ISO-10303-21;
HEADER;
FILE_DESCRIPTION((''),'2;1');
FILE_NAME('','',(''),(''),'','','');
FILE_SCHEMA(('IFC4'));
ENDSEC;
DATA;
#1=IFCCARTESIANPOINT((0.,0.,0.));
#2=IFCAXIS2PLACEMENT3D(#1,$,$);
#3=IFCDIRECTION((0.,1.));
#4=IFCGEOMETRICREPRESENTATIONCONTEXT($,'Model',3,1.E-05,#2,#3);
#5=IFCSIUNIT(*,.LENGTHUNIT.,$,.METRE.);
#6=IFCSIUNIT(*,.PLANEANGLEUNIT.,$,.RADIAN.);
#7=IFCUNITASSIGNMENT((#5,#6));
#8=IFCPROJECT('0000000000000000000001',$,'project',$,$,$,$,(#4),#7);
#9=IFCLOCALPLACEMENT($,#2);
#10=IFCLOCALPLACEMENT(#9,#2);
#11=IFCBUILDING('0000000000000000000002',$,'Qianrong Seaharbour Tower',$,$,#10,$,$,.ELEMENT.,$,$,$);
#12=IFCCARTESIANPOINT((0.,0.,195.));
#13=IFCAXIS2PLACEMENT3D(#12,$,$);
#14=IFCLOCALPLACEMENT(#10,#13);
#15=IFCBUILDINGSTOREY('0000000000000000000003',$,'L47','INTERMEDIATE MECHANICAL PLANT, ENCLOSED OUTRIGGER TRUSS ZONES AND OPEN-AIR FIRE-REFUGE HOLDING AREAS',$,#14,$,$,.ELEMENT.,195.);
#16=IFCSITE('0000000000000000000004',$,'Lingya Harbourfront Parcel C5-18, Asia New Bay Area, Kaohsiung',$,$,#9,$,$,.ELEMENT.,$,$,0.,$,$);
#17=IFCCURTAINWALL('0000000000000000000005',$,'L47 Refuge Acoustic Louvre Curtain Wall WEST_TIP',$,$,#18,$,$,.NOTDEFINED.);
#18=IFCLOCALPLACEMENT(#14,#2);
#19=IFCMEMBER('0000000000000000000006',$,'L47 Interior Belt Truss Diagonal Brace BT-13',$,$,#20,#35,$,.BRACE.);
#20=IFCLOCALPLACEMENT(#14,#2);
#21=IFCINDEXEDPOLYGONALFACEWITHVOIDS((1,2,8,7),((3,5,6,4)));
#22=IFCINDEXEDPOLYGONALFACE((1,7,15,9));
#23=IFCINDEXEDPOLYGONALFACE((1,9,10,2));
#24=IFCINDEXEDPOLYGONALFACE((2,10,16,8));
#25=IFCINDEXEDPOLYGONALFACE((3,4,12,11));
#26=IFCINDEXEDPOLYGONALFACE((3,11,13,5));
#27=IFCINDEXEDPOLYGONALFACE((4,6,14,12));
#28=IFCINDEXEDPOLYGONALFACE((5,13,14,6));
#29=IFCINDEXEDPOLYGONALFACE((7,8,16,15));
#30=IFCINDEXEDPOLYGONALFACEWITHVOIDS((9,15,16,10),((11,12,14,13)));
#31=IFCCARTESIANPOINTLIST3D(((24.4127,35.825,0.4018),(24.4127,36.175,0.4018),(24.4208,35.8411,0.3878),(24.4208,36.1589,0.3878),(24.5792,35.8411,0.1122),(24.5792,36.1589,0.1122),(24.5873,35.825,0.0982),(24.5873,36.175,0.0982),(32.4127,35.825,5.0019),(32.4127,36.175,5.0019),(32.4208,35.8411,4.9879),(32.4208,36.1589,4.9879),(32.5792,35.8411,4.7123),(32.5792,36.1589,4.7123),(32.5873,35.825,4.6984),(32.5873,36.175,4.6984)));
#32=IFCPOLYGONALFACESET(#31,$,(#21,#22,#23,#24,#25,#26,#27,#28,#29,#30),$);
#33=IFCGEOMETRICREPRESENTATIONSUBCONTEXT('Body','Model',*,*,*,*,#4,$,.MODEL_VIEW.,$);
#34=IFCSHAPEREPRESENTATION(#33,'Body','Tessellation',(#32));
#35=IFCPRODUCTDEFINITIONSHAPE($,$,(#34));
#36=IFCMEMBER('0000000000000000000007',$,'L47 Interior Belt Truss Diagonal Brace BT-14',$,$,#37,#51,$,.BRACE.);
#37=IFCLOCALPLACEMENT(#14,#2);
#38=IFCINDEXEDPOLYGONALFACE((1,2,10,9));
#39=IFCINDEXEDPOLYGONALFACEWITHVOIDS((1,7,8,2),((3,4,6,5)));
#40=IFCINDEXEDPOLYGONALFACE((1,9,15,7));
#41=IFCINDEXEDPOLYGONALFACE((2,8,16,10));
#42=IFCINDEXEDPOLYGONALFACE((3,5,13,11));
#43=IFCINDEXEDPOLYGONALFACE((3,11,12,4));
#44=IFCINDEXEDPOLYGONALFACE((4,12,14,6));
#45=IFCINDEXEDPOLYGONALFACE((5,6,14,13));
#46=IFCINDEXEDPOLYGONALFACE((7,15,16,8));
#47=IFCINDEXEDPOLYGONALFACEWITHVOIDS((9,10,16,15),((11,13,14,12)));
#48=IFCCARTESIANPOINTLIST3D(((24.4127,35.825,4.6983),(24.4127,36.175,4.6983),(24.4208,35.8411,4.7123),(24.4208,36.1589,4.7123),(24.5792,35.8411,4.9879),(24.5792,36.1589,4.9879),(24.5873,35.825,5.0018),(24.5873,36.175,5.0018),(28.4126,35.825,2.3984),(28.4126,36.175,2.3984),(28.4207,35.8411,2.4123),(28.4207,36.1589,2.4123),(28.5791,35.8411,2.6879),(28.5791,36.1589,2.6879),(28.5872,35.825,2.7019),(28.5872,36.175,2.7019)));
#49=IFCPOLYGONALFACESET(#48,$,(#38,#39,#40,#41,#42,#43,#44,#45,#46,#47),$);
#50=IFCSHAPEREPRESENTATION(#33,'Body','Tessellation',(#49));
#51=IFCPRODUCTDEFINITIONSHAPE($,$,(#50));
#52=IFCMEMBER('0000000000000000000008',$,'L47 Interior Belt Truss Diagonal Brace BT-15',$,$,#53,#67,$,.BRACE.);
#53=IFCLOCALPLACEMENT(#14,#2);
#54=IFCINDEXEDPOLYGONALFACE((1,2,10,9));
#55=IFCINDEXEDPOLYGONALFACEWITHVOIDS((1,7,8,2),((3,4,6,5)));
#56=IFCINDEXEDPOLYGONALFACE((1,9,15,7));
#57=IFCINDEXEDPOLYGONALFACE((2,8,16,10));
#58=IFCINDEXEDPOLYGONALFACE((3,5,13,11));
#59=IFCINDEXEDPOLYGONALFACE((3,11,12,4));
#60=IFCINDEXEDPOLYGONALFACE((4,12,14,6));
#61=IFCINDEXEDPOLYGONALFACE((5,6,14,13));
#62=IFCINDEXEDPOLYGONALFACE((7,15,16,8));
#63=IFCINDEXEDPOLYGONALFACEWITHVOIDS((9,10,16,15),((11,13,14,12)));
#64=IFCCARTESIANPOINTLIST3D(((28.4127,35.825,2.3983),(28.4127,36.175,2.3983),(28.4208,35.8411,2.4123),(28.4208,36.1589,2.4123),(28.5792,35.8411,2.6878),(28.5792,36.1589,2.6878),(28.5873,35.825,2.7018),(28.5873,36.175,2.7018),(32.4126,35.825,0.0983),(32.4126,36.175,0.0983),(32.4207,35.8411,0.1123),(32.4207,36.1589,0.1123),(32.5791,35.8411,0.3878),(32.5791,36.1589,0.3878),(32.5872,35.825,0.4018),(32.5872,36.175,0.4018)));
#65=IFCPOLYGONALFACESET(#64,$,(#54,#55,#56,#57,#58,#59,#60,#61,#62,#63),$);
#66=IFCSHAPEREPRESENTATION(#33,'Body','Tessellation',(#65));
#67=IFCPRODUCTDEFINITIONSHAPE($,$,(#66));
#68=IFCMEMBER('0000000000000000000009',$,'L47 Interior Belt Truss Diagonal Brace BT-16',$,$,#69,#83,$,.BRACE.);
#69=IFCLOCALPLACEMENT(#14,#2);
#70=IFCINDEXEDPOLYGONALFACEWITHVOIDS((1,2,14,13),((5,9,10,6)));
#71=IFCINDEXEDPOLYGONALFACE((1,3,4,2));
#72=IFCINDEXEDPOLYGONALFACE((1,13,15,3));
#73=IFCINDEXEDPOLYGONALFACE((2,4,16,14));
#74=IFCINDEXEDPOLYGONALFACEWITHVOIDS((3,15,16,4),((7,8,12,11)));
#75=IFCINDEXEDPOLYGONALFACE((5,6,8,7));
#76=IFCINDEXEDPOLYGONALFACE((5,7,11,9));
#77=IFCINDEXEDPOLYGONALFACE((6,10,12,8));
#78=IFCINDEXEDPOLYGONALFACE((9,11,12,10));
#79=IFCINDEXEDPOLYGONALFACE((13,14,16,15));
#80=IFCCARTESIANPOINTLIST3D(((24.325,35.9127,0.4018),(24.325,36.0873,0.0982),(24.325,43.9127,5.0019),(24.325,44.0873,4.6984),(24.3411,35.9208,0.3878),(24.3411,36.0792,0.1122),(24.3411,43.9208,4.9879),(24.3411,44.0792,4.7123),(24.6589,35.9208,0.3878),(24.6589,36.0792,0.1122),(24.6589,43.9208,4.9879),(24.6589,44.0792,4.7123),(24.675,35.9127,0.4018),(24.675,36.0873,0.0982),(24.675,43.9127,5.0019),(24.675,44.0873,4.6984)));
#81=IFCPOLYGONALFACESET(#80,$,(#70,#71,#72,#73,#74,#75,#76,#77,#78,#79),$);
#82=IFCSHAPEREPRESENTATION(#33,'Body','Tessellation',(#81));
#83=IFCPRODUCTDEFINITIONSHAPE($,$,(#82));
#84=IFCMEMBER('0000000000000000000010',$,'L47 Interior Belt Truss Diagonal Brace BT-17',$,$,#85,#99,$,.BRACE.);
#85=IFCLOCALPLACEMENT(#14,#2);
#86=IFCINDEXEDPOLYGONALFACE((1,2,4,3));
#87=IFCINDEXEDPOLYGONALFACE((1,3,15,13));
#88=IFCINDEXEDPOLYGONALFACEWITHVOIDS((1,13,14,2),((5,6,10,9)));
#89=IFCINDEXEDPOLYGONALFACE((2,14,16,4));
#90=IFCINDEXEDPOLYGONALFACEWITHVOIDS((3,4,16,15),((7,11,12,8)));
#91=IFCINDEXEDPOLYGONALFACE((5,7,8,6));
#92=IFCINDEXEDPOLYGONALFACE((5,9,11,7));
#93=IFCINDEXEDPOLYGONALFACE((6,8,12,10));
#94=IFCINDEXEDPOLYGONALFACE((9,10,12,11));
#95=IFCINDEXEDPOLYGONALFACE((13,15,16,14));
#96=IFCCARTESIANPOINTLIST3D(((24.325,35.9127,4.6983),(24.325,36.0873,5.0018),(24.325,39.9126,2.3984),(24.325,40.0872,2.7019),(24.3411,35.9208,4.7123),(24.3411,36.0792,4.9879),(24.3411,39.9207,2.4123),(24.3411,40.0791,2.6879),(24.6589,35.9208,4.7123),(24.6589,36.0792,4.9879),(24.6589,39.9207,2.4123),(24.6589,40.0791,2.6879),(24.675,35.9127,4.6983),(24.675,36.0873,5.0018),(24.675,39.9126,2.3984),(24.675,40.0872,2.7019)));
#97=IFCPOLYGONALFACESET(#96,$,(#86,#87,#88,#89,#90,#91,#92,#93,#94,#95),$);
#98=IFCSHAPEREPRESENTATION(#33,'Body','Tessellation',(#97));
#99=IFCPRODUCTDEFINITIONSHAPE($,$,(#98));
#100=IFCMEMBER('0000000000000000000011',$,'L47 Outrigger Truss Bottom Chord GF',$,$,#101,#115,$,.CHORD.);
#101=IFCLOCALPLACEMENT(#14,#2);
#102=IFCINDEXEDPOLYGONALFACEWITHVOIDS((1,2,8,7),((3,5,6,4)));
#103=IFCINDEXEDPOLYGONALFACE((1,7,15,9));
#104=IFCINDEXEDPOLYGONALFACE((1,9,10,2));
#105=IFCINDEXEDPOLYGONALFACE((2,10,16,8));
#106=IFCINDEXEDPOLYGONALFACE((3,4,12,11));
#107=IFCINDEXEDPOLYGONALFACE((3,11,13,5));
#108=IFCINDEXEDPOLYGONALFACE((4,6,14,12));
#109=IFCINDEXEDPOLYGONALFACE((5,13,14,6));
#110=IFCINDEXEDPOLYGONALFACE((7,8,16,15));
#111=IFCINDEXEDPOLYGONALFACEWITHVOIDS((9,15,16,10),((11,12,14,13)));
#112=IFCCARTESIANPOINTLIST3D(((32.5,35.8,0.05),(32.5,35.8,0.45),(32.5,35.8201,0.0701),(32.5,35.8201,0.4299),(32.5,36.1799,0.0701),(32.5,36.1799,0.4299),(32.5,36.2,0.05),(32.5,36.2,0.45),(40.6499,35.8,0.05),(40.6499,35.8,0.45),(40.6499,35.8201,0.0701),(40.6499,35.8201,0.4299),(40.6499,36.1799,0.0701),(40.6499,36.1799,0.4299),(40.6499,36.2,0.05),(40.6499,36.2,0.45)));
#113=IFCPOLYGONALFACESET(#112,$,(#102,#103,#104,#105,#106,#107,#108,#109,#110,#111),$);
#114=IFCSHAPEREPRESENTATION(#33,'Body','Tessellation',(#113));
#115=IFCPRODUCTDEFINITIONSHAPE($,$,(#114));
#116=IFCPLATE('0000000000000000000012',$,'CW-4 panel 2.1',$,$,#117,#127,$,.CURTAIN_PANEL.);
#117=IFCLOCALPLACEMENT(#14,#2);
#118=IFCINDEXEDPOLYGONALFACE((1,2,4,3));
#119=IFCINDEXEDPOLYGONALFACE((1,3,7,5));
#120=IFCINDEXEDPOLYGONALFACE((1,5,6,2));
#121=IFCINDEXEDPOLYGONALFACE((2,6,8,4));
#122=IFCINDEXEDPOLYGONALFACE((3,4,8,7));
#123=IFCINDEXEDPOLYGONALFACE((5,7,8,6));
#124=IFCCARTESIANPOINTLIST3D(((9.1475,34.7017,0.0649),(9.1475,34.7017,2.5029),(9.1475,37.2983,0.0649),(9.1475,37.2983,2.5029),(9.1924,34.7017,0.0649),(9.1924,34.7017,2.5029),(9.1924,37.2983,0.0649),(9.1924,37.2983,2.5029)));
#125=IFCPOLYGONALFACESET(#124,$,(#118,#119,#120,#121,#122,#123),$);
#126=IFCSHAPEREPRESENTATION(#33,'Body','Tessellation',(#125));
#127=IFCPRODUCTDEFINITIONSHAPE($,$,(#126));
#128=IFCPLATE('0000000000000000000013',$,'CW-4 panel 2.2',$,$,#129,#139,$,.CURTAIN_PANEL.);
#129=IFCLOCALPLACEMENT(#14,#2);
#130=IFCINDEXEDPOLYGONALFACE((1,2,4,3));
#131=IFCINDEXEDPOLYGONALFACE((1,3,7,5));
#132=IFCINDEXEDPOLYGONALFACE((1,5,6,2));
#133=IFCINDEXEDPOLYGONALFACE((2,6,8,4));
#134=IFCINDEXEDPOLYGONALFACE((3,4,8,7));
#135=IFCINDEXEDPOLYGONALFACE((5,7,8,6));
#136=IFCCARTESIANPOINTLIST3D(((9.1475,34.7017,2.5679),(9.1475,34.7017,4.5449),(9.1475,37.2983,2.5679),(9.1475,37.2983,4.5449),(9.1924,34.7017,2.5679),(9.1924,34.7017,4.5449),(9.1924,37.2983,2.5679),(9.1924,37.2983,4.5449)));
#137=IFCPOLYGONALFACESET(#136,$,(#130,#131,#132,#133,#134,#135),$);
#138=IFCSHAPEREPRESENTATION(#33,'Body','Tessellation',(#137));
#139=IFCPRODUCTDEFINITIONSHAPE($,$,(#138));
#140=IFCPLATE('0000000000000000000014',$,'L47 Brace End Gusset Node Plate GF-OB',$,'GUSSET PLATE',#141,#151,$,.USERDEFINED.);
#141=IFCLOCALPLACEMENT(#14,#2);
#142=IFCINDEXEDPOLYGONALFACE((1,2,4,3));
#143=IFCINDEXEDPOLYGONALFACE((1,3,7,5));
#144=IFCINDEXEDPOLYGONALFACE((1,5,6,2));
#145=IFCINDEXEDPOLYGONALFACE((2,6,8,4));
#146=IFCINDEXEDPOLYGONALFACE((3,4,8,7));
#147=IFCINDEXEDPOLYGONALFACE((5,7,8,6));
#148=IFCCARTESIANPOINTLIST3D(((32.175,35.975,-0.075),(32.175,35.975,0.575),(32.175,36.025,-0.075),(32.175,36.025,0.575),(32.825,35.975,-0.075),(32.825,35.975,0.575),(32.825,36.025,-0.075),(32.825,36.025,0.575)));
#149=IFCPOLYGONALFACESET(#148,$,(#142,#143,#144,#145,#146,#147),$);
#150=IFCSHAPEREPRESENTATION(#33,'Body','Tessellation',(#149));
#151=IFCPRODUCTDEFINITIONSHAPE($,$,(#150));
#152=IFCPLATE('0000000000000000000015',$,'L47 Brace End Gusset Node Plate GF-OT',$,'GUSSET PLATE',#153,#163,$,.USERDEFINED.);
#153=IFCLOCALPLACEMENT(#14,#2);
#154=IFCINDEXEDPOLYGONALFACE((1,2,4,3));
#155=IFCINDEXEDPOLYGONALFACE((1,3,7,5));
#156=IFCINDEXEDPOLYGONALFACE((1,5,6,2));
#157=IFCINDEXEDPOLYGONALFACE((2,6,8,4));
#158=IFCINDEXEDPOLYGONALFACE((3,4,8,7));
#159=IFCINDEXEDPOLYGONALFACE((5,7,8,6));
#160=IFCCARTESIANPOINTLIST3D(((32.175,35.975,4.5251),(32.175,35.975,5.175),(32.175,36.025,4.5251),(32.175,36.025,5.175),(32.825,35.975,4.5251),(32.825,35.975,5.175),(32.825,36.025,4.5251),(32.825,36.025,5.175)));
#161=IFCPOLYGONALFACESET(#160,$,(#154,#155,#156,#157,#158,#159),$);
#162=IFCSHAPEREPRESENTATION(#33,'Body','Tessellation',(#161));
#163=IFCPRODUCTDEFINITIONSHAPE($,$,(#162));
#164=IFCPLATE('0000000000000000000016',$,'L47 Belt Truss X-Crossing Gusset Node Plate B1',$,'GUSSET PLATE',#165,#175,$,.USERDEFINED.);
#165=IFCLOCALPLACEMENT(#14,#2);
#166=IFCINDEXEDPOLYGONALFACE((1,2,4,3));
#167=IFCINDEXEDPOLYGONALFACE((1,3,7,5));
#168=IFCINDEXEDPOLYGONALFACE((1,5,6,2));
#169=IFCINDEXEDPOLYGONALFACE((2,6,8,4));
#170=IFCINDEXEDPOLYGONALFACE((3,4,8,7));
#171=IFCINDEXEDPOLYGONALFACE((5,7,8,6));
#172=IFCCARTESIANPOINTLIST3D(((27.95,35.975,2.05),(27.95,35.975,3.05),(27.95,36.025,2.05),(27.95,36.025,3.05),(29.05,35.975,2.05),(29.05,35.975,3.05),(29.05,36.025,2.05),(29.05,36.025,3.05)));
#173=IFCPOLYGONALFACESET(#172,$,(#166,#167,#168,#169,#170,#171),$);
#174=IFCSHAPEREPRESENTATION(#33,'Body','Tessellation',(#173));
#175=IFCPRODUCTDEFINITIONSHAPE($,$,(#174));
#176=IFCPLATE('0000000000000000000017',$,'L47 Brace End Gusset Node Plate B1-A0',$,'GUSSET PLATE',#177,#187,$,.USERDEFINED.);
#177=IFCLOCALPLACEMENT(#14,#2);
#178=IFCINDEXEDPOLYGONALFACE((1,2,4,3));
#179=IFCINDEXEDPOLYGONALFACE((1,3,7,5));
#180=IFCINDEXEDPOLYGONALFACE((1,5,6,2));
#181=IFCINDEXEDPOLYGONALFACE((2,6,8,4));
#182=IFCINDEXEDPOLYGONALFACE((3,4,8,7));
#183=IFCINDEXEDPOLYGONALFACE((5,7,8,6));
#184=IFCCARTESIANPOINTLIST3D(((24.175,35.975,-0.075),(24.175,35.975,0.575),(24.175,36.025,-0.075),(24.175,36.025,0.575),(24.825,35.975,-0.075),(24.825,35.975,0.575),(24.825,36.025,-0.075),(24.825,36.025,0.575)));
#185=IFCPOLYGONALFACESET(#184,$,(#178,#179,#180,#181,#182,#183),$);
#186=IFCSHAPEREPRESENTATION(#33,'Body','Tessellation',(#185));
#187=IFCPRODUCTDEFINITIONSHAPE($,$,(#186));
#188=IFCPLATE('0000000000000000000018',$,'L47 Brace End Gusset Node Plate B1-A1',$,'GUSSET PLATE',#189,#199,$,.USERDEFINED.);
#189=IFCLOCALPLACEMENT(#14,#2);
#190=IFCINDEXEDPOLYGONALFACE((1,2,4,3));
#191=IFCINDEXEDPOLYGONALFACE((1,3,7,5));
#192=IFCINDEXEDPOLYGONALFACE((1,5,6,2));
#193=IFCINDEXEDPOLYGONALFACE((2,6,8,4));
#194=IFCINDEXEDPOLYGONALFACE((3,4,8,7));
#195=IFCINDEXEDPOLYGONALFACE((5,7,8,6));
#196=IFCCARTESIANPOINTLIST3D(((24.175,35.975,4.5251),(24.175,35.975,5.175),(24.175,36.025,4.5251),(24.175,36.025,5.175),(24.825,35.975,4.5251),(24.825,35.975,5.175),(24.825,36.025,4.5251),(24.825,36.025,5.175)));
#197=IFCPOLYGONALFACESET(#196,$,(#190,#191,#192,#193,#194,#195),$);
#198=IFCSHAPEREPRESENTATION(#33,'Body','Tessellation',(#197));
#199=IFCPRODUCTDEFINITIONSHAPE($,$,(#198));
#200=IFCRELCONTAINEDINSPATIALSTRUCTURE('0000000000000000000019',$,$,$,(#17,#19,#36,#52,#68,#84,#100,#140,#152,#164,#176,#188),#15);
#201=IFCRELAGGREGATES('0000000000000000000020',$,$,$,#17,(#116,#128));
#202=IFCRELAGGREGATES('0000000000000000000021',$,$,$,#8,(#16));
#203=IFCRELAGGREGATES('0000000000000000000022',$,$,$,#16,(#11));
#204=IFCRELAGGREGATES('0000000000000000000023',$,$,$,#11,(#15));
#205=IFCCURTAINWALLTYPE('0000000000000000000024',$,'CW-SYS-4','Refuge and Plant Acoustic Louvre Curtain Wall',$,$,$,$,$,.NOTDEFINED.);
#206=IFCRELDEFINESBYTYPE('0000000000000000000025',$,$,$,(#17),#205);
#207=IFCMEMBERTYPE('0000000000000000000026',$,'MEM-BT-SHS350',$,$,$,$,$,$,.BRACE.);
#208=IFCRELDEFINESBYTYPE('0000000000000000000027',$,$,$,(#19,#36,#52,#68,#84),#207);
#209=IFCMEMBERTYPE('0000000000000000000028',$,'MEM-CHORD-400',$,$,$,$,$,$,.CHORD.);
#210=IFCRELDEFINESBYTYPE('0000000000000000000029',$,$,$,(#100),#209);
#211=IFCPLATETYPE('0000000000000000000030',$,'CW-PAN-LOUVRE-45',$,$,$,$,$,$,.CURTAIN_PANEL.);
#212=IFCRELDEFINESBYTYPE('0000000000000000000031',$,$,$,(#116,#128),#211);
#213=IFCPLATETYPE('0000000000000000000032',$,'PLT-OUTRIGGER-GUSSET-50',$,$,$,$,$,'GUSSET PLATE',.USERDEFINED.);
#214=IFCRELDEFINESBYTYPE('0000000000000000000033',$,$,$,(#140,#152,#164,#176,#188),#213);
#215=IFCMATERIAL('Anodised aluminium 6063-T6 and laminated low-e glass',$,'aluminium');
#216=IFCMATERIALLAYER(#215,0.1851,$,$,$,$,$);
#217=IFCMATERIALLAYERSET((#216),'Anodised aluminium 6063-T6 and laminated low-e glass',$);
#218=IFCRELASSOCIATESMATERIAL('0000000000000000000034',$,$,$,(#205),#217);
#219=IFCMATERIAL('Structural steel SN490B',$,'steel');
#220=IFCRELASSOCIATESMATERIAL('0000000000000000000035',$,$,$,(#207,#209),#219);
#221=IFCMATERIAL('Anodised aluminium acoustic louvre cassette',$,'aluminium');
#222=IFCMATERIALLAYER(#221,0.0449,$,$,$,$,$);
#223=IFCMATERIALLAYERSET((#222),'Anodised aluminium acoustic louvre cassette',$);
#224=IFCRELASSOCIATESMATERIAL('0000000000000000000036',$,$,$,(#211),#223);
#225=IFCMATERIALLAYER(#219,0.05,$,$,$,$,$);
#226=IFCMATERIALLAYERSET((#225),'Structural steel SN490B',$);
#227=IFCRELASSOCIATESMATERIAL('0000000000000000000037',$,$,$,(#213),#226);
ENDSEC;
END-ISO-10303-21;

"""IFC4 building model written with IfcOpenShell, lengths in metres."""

from ifc_helpers import new_model, si_unit, direction, frame, origin, origin_2d, place, context, subcontext, project, spatial, rectangle, hollow_rectangle, extrude, material, layer, layer_set, material_profile, profile_set, type_object, element, aggregate, save


model = new_model("IFC4")

# Units and contexts
model_context = context("Model", 3, precision=1e-05, world=origin(), true_north=direction((0.0, 1.0)))
body_context = subcontext(model_context, "Body", "Model", "MODEL_VIEW")
ifc_project = project(units=[si_unit("LENGTHUNIT", "METRE"), si_unit("PLANEANGLEUNIT", "RADIAN")], contexts=[model_context])

# Site, building, storey
site_placement = place(None, origin())
site = spatial("IfcSite", under=ifc_project, at=site_placement, Name="Lingya Harbourfront Parcel C5-18, Asia New Bay Area, Kaohsiung", CompositionType="ELEMENT", RefElevation=0.0)
building_placement = place(site_placement, origin())
building = spatial("IfcBuilding", under=site, at=building_placement, Name="Qianrong Seaharbour Tower", CompositionType="ELEMENT")
storey_placement = place(building_placement, frame((0.0, 0.0, 195.0)))
storey = spatial("IfcBuildingStorey", under=building, at=storey_placement, Name="L47", Description="INTERMEDIATE MECHANICAL PLANT, ENCLOSED OUTRIGGER TRUSS ZONES AND OPEN-AIR FIRE-REFUGE HOLDING AREAS", CompositionType="ELEMENT", Elevation=195.0)

# Shared definitions
ifc_material_1 = material(Name="Structural steel SN490B", Category="steel")

# Curtain wall
ifc_material_2 = material(Name="Anodised aluminium 6063-T6 and laminated low-e glass", Category="aluminium")
ifc_layer_1 = layer(ifc_material_2, 0.1851)
ifc_layer_set_1 = layer_set([ifc_layer_1], Name="Anodised aluminium 6063-T6 and laminated low-e glass")
curtain_wall_type = type_object("IfcCurtainWallType", Name="CW-SYS-4", Description="Refuge and Plant Acoustic Louvre Curtain Wall", PredefinedType="NOTDEFINED", material=ifc_layer_set_1)
curtain_wall_placement = place(storey_placement, origin())
curtain_wall = element("IfcCurtainWall", 1, at=curtain_wall_placement, inside=storey, type_object=curtain_wall_type, Name="L47 Refuge Acoustic Louvre Curtain Wall WEST_TIP", PredefinedType="NOTDEFINED")

# Members
ifc_material_profile_1 = material_profile(ifc_material_1, hollow_rectangle(XDim=0.3501, YDim=0.3501, WallThickness=0.0161, at=origin_2d()), Name="SHS350x350x16")
ifc_profile_set_1 = profile_set([ifc_material_profile_1], Name="Structural steel SN490B")
member_type_1 = type_object("IfcMemberType", Name="MEM-BT-SHS350", PredefinedType="BRACE", material=ifc_profile_set_1)
member_1_placement = place(storey_placement, frame((24.5, 36.0, 0.25), z_axis=(0.866902, 0.0, 0.498479), x_axis=(0.0, 1.0, 0.0)))
element("IfcMember", 2, at=member_1_placement, inside=storey, type_object=member_type_1, Name="L47 Interior Belt Truss Diagonal Brace BT-13", PredefinedType="BRACE", context=body_context, shape_type="SweptSolid", body=[
    extrude(hollow_rectangle(XDim=0.3501, YDim=0.3501, WallThickness=0.0161, at=origin_2d()), origin(), (0.0, 0.0, 1.0), 9.2283),
])
for number, where, z_axis, x_axis, name in (
    (3, (24.5, 36.0, 4.8501), (0.866902, 0.0, -0.498479), (0.0, 1.0, 0.0), "L47 Interior Belt Truss Diagonal Brace BT-14"),
    (4, (28.5, 36.0, 2.55), (0.866902, 0.0, -0.498479), (0.0, 1.0, 0.0), "L47 Interior Belt Truss Diagonal Brace BT-15"),
):
    element("IfcMember", number, at=place(storey_placement, frame(where, z_axis=z_axis, x_axis=x_axis)), inside=storey, type_object=member_type_1, Name=name, PredefinedType="BRACE", context=body_context, shape_type="SweptSolid", body=[
        extrude(hollow_rectangle(XDim=0.3501, YDim=0.3501, WallThickness=0.0161, at=origin_2d()), origin(), (0.0, 0.0, 1.0), 4.614),
    ])
member_2_placement = place(storey_placement, frame((24.5, 36.0, 0.25), z_axis=(0.0, 0.866902, 0.498479), x_axis=(-1.0, 0.0, 0.0)))
element("IfcMember", 5, at=member_2_placement, inside=storey, type_object=member_type_1, Name="L47 Interior Belt Truss Diagonal Brace BT-16", PredefinedType="BRACE", context=body_context, shape_type="SweptSolid", body=[
    extrude(hollow_rectangle(XDim=0.3501, YDim=0.3501, WallThickness=0.0161, at=origin_2d()), origin(), (0.0, 0.0, 1.0), 9.2283),
])
member_3_placement = place(storey_placement, frame((24.5, 36.0, 4.8501), z_axis=(0.0, 0.866902, -0.498479), x_axis=(-1.0, 0.0, 0.0)))
element("IfcMember", 6, at=member_3_placement, inside=storey, type_object=member_type_1, Name="L47 Interior Belt Truss Diagonal Brace BT-17", PredefinedType="BRACE", context=body_context, shape_type="SweptSolid", body=[
    extrude(hollow_rectangle(XDim=0.3501, YDim=0.3501, WallThickness=0.0161, at=origin_2d()), origin(), (0.0, 0.0, 1.0), 4.614),
])
ifc_material_profile_2 = material_profile(ifc_material_1, hollow_rectangle(XDim=0.3999, YDim=0.3999, WallThickness=0.02, at=origin_2d()), Name="SHS400x400x20")
ifc_profile_set_2 = profile_set([ifc_material_profile_2], Name="Structural steel SN490B")
member_type_2 = type_object("IfcMemberType", Name="MEM-CHORD-400", PredefinedType="CHORD", material=ifc_profile_set_2)
member_4_placement = place(storey_placement, frame((32.5, 36.0, 0.25), z_axis=(1.0, 0.0, 0.0), x_axis=(0.0, 1.0, 0.0)))
element("IfcMember", 7, at=member_4_placement, inside=storey, type_object=member_type_2, Name="L47 Outrigger Truss Bottom Chord GF", PredefinedType="CHORD", context=body_context, shape_type="SweptSolid", body=[
    extrude(hollow_rectangle(XDim=0.3999, YDim=0.3999, WallThickness=0.02, at=origin_2d()), origin(), (0.0, 0.0, 1.0), 8.1499),
])

# Plates
ifc_material_3 = material(Name="Anodised aluminium acoustic louvre cassette", Category="aluminium")
ifc_layer_2 = layer(ifc_material_3, 0.0449)
ifc_layer_set_2 = layer_set([ifc_layer_2], Name="Anodised aluminium acoustic louvre cassette")
plate_type_1 = type_object("IfcPlateType", Name="CW-PAN-LOUVRE-45", PredefinedType="CURTAIN_PANEL", material=ifc_layer_set_2)
plate_1_placement = place(storey_placement, frame((9.1699, 36.0, 0.0649), z_axis=(0.0, 0.0, 1.0), x_axis=(0.0, 1.0, 0.0)))
plate_1 = element("IfcPlate", 8, at=plate_1_placement, type_object=plate_type_1, Name="CW-4 panel 2.1", PredefinedType="CURTAIN_PANEL", context=body_context, shape_type="SweptSolid", body=[
    extrude(rectangle(XDim=2.5967, YDim=0.0449, at=origin_2d()), origin(), (0.0, 0.0, 1.0), 2.438),
])
plate_2_placement = place(storey_placement, frame((9.1699, 36.0, 2.5679), z_axis=(0.0, 0.0, 1.0), x_axis=(0.0, 1.0, 0.0)))
plate_2 = element("IfcPlate", 9, at=plate_2_placement, type_object=plate_type_1, Name="CW-4 panel 2.2", PredefinedType="CURTAIN_PANEL", context=body_context, shape_type="SweptSolid", body=[
    extrude(rectangle(XDim=2.5967, YDim=0.0449, at=origin_2d()), origin(), (0.0, 0.0, 1.0), 1.9771),
])
aggregate(curtain_wall, [plate_1, plate_2])

# Plates
ifc_layer_3 = layer(ifc_material_1, 0.05)
ifc_layer_set_3 = layer_set([ifc_layer_3], Name="Structural steel SN490B")
plate_type_2 = type_object("IfcPlateType", Name="PLT-OUTRIGGER-GUSSET-50", ElementType="GUSSET PLATE", PredefinedType="USERDEFINED", material=ifc_layer_set_3)
for number, where, z_axis, x_axis, name in (
    (10, (32.5, 36.0, -0.075), (0.0, 0.0, 1.0), (1.0, 0.0, 0.0), "L47 Brace End Gusset Node Plate GF-OB"),
    (11, (32.5, 36.0, 4.5251), (0.0, 0.0, 1.0), (1.0, 0.0, 0.0), "L47 Brace End Gusset Node Plate GF-OT"),
):
    element("IfcPlate", number, at=place(storey_placement, frame(where, z_axis=z_axis, x_axis=x_axis)), inside=storey, type_object=plate_type_2, Name=name, ObjectType="GUSSET PLATE", PredefinedType="USERDEFINED", context=body_context, shape_type="SweptSolid", body=[
        extrude(rectangle(XDim=0.6499, YDim=0.05, at=origin_2d()), origin(), (0.0, 0.0, 1.0), 0.6499),
    ])
plate_3_placement = place(storey_placement, frame((28.5, 36.0, 2.05), z_axis=(0.0, 0.0, 1.0), x_axis=(1.0, 0.0, 0.0)))
element("IfcPlate", 12, at=plate_3_placement, inside=storey, type_object=plate_type_2, Name="L47 Belt Truss X-Crossing Gusset Node Plate B1", ObjectType="GUSSET PLATE", PredefinedType="USERDEFINED", context=body_context, shape_type="SweptSolid", body=[
    extrude(rectangle(XDim=1.1001, YDim=0.05, at=origin_2d()), origin(), (0.0, 0.0, 1.0), 1.0),
])
for number, where, z_axis, x_axis, name in (
    (13, (24.5, 36.0, -0.075), (0.0, 0.0, 1.0), (1.0, 0.0, 0.0), "L47 Brace End Gusset Node Plate B1-A0"),
    (14, (24.5, 36.0, 4.5251), (0.0, 0.0, 1.0), (1.0, 0.0, 0.0), "L47 Brace End Gusset Node Plate B1-A1"),
):
    element("IfcPlate", number, at=place(storey_placement, frame(where, z_axis=z_axis, x_axis=x_axis)), inside=storey, type_object=plate_type_2, Name=name, ObjectType="GUSSET PLATE", PredefinedType="USERDEFINED", context=body_context, shape_type="SweptSolid", body=[
        extrude(rectangle(XDim=0.6499, YDim=0.05, at=origin_2d()), origin(), (0.0, 0.0, 1.0), 0.6499),
    ])

save(model, "model.ifc")
